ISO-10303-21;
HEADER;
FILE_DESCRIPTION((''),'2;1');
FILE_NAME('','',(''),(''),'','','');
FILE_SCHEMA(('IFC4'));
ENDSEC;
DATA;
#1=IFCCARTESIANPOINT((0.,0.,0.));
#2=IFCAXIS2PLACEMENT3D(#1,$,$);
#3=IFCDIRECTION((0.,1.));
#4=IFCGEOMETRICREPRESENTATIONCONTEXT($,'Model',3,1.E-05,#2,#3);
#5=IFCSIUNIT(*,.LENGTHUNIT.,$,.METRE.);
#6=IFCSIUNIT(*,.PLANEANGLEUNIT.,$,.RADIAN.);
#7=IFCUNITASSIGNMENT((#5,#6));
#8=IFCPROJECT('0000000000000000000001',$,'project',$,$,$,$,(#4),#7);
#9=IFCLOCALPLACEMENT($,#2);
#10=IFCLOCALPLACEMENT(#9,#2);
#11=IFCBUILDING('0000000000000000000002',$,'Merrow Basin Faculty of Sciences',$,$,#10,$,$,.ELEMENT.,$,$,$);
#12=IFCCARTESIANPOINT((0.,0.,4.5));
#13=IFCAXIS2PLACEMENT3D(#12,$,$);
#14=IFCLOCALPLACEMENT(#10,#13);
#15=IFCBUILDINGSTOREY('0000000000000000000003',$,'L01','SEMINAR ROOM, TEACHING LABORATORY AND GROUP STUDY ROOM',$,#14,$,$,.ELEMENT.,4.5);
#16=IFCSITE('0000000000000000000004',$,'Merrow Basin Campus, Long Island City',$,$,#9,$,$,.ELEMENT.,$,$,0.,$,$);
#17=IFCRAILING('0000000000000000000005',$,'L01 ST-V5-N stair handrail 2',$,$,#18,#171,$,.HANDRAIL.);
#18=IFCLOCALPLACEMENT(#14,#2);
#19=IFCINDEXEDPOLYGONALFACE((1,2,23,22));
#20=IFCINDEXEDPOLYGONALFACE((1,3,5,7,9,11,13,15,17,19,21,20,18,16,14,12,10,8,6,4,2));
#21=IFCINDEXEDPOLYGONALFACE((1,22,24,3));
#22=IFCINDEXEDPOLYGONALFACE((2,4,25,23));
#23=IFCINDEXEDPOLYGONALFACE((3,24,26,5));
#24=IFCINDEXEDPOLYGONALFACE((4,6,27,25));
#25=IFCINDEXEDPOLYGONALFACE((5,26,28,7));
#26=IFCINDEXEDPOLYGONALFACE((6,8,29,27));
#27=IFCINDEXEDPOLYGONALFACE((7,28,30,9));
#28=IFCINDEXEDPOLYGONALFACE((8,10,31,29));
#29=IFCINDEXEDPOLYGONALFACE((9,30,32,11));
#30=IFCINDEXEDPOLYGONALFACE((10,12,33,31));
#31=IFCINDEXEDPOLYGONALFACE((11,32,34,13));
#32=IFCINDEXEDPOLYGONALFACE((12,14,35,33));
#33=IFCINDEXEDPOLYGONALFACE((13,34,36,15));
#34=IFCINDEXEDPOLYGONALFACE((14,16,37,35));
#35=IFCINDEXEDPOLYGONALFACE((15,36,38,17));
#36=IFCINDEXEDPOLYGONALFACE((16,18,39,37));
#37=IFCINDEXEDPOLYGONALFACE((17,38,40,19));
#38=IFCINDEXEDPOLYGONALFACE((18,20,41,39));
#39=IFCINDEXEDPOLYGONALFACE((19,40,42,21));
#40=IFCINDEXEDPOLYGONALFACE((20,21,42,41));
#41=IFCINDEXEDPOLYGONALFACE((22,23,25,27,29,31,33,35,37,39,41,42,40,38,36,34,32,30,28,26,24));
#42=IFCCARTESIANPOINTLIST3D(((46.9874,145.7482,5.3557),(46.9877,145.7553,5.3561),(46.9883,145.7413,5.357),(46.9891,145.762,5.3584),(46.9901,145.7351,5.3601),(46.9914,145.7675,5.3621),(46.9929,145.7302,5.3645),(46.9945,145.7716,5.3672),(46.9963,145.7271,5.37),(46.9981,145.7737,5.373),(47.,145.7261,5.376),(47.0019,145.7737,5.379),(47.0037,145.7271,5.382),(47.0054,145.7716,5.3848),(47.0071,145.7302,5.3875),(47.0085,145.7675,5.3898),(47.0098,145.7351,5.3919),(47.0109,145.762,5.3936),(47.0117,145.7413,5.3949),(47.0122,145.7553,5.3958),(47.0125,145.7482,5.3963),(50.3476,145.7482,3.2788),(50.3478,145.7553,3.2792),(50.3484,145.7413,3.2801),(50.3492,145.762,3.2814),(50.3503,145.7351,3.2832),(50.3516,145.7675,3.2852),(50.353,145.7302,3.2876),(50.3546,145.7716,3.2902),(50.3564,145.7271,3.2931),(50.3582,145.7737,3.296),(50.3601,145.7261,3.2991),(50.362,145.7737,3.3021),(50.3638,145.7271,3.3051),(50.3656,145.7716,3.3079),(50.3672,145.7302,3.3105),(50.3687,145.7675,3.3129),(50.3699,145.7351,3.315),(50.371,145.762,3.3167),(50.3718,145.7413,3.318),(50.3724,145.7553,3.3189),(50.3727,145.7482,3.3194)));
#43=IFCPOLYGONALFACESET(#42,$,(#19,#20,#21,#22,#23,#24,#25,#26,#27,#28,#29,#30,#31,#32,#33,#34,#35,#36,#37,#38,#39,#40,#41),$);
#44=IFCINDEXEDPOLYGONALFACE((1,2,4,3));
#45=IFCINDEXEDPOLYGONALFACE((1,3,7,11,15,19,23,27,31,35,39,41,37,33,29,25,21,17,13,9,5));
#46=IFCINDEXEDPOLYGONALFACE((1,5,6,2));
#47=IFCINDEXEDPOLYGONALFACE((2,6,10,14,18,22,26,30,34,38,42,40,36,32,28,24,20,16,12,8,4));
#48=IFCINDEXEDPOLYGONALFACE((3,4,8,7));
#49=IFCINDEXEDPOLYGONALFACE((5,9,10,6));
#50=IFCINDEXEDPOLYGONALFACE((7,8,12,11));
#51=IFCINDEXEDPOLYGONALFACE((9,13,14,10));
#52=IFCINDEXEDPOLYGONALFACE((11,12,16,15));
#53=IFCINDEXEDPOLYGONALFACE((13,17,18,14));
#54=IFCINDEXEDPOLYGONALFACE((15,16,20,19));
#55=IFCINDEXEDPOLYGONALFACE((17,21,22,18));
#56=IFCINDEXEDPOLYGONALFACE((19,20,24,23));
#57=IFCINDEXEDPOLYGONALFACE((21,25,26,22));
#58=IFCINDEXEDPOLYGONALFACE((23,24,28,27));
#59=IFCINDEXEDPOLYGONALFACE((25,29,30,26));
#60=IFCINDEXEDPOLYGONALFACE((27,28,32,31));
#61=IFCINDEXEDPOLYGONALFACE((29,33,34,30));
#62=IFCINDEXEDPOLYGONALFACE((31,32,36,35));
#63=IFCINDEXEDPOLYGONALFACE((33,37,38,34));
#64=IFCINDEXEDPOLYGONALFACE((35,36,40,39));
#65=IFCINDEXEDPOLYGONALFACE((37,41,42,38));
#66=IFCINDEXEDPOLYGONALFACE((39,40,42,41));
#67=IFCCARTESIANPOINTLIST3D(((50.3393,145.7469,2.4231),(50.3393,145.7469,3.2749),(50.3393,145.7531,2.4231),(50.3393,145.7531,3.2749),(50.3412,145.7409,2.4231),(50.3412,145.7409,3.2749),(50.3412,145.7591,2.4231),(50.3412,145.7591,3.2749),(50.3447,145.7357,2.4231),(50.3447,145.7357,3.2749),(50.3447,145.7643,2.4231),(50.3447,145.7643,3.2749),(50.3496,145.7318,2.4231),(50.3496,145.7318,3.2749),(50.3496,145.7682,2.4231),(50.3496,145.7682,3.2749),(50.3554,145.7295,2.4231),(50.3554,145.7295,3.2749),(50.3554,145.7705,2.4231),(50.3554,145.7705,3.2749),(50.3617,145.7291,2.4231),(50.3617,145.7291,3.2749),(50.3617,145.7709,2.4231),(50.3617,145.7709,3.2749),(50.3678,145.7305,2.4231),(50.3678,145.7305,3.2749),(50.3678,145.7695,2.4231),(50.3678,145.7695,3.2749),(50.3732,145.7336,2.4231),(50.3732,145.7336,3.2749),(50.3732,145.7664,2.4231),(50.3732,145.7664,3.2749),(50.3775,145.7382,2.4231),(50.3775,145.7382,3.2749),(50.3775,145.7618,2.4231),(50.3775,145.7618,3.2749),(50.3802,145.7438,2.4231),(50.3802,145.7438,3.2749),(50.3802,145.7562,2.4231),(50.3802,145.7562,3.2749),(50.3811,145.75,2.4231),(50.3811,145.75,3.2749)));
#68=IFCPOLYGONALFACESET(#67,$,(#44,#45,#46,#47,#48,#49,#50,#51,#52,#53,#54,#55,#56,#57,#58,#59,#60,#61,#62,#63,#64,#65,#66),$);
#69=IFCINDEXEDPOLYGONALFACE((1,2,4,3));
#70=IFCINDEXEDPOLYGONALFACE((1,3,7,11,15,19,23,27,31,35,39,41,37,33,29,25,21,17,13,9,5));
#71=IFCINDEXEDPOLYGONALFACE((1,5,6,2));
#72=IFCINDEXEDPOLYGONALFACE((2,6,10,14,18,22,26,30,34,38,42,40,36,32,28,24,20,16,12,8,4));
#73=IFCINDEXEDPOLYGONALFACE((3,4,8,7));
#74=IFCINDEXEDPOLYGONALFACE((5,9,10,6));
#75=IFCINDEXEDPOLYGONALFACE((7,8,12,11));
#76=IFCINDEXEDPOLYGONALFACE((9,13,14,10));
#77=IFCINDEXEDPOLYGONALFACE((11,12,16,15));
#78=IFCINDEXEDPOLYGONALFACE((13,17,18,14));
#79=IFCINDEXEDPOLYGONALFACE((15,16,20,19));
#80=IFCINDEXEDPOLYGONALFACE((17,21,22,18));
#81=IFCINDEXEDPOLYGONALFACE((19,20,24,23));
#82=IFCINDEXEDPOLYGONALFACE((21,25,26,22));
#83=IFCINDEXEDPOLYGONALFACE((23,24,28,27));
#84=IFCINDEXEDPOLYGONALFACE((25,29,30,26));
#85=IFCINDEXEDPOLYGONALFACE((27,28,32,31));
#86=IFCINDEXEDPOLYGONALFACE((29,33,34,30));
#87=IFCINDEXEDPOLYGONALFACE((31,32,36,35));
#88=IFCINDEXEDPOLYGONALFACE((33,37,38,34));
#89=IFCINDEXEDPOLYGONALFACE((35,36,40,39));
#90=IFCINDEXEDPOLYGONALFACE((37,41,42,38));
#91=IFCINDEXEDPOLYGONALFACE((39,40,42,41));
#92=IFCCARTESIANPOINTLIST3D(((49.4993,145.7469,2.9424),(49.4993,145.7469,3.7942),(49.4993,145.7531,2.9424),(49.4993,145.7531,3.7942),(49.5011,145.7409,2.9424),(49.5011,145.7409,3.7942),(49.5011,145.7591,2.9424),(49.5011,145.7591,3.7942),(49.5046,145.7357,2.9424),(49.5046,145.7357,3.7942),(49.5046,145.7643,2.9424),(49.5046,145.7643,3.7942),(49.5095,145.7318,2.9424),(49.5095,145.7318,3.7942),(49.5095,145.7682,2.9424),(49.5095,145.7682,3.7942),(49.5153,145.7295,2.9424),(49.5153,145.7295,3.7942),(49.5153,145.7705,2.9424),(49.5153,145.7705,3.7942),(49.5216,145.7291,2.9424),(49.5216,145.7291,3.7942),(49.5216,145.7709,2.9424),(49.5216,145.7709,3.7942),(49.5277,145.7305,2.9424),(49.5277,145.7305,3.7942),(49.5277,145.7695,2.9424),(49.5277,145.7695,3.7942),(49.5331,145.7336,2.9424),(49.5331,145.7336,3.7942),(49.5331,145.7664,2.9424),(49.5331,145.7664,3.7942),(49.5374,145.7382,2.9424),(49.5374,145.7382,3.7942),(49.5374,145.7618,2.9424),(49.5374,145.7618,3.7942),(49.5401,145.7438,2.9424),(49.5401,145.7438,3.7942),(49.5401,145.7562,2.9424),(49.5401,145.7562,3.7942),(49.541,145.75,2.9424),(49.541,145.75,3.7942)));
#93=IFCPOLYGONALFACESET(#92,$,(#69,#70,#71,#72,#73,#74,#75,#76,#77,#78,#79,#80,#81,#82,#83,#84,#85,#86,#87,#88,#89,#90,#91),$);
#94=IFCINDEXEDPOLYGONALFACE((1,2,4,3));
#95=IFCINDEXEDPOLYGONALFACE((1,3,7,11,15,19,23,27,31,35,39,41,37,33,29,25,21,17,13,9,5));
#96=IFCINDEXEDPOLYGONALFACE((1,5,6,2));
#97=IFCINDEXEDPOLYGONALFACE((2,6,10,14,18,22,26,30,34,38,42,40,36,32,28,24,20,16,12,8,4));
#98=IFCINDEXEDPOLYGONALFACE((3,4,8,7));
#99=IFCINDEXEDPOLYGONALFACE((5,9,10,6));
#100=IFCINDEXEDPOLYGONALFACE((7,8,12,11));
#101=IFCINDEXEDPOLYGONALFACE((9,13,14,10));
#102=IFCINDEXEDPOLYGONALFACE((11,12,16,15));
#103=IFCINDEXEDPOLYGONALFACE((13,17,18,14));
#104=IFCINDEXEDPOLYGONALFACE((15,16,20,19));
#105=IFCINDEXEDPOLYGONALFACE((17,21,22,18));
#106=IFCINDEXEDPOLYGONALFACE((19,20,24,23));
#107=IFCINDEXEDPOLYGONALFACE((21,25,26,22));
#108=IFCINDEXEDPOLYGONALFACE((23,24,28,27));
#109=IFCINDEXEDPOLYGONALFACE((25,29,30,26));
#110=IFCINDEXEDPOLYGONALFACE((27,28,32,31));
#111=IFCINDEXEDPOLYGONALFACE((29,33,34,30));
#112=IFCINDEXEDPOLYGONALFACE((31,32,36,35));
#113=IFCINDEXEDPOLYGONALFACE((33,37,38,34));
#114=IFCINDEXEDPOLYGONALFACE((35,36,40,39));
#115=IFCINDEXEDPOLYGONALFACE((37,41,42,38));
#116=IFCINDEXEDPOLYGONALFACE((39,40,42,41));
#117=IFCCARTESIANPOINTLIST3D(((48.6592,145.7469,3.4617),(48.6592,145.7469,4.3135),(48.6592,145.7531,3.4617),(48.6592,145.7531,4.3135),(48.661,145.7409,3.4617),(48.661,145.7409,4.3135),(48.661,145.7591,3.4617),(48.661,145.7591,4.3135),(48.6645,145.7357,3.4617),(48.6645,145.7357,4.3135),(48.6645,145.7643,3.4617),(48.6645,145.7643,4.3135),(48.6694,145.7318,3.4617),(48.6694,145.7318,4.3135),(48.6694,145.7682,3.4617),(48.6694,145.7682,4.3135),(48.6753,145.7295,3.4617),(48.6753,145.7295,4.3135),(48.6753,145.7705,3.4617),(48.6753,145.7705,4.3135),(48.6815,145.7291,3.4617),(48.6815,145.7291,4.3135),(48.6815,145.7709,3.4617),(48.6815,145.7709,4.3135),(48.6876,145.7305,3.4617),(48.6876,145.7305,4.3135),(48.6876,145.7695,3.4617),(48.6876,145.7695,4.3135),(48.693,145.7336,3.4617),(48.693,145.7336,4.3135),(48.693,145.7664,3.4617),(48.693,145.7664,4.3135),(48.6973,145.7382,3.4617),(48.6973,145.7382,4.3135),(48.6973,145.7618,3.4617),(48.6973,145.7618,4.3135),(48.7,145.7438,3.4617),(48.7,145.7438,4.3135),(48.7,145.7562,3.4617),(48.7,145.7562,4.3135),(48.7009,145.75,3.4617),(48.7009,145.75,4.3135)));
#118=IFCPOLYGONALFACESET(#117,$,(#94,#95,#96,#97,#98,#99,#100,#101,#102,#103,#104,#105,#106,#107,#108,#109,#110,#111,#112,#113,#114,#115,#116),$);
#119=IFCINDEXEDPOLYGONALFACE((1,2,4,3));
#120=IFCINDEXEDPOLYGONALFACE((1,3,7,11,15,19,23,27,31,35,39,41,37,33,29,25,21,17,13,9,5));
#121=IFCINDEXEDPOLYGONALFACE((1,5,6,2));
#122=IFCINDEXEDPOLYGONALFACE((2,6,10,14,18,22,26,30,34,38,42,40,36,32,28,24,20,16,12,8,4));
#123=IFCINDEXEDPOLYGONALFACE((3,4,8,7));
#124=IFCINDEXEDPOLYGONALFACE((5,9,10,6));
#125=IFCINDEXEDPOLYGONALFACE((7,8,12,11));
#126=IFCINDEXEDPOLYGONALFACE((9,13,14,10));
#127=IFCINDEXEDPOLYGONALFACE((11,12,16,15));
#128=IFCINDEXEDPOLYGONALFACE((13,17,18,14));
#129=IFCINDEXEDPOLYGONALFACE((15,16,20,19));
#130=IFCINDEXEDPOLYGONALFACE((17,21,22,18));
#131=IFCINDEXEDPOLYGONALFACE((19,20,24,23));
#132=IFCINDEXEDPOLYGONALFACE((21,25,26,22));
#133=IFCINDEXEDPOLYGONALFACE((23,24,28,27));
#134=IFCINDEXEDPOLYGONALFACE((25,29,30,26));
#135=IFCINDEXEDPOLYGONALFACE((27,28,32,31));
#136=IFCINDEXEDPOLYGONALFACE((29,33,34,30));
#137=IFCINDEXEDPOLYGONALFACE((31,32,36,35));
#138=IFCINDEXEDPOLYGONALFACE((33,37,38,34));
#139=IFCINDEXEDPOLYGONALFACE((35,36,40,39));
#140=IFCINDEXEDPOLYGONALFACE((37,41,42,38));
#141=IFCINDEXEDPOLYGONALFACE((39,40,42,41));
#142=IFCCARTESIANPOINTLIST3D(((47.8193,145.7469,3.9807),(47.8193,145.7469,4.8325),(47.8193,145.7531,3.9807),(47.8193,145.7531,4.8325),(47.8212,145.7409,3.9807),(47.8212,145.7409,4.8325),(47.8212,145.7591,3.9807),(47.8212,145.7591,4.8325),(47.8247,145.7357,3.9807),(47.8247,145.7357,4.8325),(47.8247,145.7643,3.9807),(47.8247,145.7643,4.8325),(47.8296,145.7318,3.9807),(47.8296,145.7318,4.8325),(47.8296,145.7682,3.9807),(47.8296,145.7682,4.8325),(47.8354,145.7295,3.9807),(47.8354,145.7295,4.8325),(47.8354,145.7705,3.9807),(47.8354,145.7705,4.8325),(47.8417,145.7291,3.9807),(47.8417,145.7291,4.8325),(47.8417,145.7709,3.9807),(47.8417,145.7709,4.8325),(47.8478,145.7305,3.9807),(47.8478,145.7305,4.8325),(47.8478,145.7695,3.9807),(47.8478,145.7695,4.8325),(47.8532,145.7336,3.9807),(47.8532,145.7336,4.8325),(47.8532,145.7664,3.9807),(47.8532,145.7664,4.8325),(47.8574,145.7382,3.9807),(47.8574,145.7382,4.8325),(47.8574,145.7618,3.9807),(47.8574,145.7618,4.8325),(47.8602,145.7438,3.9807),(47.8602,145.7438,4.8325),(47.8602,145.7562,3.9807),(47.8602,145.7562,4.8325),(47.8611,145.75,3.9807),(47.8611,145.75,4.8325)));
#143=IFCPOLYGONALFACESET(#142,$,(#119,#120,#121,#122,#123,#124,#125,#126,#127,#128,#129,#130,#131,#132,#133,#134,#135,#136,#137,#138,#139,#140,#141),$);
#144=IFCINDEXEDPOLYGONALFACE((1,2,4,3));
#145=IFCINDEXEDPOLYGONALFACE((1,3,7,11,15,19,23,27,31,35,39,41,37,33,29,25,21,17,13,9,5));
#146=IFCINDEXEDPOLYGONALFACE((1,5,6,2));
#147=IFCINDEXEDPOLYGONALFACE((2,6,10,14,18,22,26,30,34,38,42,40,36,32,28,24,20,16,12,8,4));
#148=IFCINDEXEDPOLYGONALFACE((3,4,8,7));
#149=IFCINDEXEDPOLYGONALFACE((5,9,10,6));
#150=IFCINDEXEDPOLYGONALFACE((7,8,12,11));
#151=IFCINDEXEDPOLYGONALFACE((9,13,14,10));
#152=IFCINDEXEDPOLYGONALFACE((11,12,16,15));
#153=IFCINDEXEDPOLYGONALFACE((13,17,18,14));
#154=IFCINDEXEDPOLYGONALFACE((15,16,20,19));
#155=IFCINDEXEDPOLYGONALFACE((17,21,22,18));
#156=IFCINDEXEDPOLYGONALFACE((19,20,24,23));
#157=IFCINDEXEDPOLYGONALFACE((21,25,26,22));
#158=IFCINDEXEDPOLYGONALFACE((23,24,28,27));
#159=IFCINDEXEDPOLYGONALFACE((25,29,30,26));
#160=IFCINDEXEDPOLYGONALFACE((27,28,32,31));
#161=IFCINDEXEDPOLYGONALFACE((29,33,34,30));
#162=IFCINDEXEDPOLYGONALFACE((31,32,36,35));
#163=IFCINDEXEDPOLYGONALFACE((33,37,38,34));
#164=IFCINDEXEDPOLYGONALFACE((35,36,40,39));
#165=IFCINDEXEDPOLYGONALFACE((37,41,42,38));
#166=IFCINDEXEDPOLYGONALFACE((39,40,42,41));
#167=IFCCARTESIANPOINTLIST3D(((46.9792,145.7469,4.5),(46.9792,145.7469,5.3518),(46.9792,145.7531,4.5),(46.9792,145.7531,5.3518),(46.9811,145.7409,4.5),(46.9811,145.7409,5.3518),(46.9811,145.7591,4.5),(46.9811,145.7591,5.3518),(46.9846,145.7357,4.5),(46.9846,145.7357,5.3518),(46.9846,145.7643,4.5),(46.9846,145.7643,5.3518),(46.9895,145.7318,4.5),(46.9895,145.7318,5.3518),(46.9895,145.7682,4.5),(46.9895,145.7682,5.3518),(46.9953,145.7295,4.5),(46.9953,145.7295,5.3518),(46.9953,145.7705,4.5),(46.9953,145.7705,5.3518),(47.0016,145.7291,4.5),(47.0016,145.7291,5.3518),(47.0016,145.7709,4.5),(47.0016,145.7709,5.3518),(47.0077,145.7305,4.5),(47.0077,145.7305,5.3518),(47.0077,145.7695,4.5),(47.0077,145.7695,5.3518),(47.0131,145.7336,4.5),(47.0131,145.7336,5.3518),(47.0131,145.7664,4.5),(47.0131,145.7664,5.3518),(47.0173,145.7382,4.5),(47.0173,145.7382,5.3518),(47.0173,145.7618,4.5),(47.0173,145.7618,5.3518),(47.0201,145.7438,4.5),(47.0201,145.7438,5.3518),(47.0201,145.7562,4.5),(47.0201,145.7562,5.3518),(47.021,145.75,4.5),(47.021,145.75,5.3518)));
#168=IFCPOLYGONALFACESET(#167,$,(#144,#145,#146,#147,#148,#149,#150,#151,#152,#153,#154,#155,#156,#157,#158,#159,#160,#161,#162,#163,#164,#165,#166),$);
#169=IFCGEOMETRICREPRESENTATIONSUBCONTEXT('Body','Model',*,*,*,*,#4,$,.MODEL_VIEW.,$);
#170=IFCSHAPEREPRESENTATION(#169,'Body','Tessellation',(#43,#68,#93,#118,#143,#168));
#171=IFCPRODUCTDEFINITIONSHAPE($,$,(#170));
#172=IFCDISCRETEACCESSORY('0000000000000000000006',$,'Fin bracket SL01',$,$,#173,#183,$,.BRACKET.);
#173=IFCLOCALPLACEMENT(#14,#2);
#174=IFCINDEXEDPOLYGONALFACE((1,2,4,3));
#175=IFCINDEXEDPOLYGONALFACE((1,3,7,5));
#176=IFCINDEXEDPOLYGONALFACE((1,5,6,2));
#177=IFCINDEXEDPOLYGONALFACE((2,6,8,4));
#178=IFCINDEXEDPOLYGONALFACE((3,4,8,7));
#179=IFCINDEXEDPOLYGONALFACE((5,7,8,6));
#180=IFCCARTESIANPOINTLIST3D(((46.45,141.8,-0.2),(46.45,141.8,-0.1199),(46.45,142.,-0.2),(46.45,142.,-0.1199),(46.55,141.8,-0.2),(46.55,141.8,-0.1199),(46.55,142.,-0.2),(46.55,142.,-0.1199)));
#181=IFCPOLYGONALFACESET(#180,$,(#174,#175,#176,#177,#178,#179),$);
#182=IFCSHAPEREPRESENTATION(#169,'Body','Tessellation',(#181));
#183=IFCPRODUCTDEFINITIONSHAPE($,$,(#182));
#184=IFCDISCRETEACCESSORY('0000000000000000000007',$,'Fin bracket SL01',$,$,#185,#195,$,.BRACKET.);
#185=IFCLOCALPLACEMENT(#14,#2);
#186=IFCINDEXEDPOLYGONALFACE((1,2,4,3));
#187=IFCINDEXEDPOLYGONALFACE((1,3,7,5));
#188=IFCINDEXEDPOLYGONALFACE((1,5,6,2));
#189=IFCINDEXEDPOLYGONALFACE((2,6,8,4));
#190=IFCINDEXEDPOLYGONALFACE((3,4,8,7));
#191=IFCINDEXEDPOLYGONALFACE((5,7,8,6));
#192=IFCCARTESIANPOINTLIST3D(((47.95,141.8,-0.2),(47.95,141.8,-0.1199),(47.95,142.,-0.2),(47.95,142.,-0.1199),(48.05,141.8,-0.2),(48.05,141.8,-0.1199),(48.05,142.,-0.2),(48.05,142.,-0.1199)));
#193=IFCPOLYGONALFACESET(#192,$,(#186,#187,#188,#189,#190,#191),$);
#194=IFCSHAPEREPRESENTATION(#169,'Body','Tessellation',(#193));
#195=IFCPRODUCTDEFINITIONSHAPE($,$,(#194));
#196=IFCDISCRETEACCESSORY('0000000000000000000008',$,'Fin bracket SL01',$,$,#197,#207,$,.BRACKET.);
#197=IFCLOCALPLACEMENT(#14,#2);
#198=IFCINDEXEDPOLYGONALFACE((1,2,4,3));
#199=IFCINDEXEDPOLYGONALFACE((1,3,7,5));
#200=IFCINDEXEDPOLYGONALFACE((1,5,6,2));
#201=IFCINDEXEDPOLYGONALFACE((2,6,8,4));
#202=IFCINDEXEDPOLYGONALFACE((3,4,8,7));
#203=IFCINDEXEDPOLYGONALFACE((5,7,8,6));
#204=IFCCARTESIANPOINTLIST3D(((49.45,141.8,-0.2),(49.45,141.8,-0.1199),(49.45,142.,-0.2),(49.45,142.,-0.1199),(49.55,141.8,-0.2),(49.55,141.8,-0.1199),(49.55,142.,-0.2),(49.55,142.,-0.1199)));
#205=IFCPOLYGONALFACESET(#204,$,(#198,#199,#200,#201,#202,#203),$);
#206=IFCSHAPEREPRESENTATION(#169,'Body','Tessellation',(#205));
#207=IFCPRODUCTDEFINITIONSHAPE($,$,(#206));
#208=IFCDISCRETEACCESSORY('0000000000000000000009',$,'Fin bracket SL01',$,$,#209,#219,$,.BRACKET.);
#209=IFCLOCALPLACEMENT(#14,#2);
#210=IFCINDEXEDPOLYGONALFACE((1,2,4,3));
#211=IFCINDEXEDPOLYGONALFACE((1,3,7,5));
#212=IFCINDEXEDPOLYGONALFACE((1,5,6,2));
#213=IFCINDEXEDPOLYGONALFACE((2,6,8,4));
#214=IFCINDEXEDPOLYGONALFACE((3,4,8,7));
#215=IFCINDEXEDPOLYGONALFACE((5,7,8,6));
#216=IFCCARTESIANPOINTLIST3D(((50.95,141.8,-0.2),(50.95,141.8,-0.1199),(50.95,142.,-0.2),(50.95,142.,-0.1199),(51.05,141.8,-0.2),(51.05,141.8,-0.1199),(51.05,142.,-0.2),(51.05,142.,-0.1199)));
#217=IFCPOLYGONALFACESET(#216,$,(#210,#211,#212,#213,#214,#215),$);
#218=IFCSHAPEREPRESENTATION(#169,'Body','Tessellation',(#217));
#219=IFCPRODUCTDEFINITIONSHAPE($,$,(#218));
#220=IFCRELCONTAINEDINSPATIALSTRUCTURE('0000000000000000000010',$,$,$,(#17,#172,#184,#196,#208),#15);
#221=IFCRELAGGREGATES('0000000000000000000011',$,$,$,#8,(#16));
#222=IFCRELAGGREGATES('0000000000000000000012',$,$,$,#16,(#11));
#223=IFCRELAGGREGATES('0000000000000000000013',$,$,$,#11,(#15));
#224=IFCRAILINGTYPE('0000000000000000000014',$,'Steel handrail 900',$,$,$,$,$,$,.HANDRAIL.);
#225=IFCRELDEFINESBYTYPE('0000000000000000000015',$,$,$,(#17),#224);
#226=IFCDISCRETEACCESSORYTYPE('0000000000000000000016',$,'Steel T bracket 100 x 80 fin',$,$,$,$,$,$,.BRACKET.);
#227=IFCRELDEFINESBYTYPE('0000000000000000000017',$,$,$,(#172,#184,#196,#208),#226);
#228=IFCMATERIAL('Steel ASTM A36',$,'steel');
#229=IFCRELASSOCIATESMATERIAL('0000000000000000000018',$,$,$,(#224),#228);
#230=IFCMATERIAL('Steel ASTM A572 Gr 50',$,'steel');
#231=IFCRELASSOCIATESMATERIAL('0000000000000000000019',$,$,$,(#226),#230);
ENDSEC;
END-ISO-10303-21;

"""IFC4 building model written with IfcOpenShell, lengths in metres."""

from ifc_helpers import new_model, si_unit, direction, frame, origin, origin_2d, place, context, subcontext, project, spatial, polyline, circle, outline, extrude, source, transform, mapped, material, type_object, element, save


model = new_model("IFC4")

# Units and contexts
model_context = context("Model", 3, precision=1e-05, world=origin(), true_north=direction((0.0, 1.0)))
body_context = subcontext(model_context, "Body", "Model", "MODEL_VIEW")
ifc_project = project(units=[si_unit("LENGTHUNIT", "METRE"), si_unit("PLANEANGLEUNIT", "RADIAN")], contexts=[model_context])

# Site, building, storey
site_placement = place(None, origin())
site = spatial("IfcSite", under=ifc_project, at=site_placement, Name="Merrow Basin Campus, Long Island City", CompositionType="ELEMENT", RefElevation=0.0)
building_placement = place(site_placement, origin())
building = spatial("IfcBuilding", under=site, at=building_placement, Name="Merrow Basin Faculty of Sciences", CompositionType="ELEMENT")
storey_placement = place(building_placement, frame((0.0, 0.0, 4.5)))
storey = spatial("IfcBuildingStorey", under=building, at=storey_placement, Name="L01", Description="SEMINAR ROOM, TEACHING LABORATORY AND GROUP STUDY ROOM", CompositionType="ELEMENT", Elevation=4.5)

# Railing
ifc_material_1 = material(Name="Steel ASTM A36", Category="steel")
railing_type_1 = type_object("IfcRailingType", Name="Steel handrail 900", PredefinedType="HANDRAIL", material=ifc_material_1)
railing_1_placement = place(storey_placement, frame((50.3601, 145.75, 2.4231)))
element("IfcRailing", 1, at=railing_1_placement, inside=storey, type_object=railing_type_1, Name="L01 ST-V5-N stair handrail 2", PredefinedType="HANDRAIL", context=body_context, shape_type="SweptSolid", body=[
    extrude(circle(Radius=0.0239, at=origin_2d()), frame((0.0, 0.0, 0.876), z_axis=(-0.850623, 0.0, 0.525776), x_axis=(0.0, -1.0, 0.0)), (0.0, 0.0, 1.0), 3.9502),
    extrude(circle(Radius=0.021, at=origin_2d()), origin(), (0.0, 0.0, 1.0), 0.8518),
    extrude(circle(Radius=0.021, at=origin_2d()), frame((-0.8401, 0.0, 0.5193)), (0.0, 0.0, 1.0), 0.8518),
    extrude(circle(Radius=0.021, at=origin_2d()), frame((-1.6802, 0.0, 1.0386)), (0.0, 0.0, 1.0), 0.8518),
    extrude(circle(Radius=0.021, at=origin_2d()), frame((-2.52, 0.0, 1.5576)), (0.0, 0.0, 1.0), 0.8518),
    extrude(circle(Radius=0.021, at=origin_2d()), frame((-3.3601, 0.0, 2.0769)), (0.0, 0.0, 1.0), 0.8518),
])

# Discrete accessories
ifc_material_2 = material(Name="Steel ASTM A572 Gr 50", Category="steel")
discrete_accessory_type = type_object("IfcDiscreteAccessoryType", Name="Steel T bracket 100 x 80 fin", PredefinedType="BRACKET", material=ifc_material_2)
shared_shape = source(origin(), body_context, "Body", "SweptSolid", [
    extrude(outline(polyline([(0.0, 0.0), (0.1001, 0.0), (0.1001, 0.0801), (0.0, 0.0801), (0.0, 0.0)])), origin(), (0.0, 0.0, 1.0), 0.2),
])
for number, where, z_axis, x_axis, name in (
    (2, (46.45, 142.0, -0.2), (0.0, -1.0, 0.0), (1.0, 0.0, 0.0), "Fin bracket SL01"),
    (3, (47.95, 142.0, -0.2), (0.0, -1.0, 0.0), (1.0, 0.0, 0.0), "Fin bracket SL01"),
    (4, (49.45, 142.0, -0.2), (0.0, -1.0, 0.0), (1.0, 0.0, 0.0), "Fin bracket SL01"),
    (5, (50.95, 142.0, -0.2), (0.0, -1.0, 0.0), (1.0, 0.0, 0.0), "Fin bracket SL01"),
):
    element("IfcDiscreteAccessory", number, at=place(storey_placement, frame(where, z_axis=z_axis, x_axis=x_axis)), inside=storey, type_object=discrete_accessory_type, Name=name, PredefinedType="BRACKET", context=body_context, shape_type="MappedRepresentation", body=[
        mapped(shared_shape, transform((0.0, 0.0, 0.0), scale=1.0)),
    ])

save(model, "model.ifc")
